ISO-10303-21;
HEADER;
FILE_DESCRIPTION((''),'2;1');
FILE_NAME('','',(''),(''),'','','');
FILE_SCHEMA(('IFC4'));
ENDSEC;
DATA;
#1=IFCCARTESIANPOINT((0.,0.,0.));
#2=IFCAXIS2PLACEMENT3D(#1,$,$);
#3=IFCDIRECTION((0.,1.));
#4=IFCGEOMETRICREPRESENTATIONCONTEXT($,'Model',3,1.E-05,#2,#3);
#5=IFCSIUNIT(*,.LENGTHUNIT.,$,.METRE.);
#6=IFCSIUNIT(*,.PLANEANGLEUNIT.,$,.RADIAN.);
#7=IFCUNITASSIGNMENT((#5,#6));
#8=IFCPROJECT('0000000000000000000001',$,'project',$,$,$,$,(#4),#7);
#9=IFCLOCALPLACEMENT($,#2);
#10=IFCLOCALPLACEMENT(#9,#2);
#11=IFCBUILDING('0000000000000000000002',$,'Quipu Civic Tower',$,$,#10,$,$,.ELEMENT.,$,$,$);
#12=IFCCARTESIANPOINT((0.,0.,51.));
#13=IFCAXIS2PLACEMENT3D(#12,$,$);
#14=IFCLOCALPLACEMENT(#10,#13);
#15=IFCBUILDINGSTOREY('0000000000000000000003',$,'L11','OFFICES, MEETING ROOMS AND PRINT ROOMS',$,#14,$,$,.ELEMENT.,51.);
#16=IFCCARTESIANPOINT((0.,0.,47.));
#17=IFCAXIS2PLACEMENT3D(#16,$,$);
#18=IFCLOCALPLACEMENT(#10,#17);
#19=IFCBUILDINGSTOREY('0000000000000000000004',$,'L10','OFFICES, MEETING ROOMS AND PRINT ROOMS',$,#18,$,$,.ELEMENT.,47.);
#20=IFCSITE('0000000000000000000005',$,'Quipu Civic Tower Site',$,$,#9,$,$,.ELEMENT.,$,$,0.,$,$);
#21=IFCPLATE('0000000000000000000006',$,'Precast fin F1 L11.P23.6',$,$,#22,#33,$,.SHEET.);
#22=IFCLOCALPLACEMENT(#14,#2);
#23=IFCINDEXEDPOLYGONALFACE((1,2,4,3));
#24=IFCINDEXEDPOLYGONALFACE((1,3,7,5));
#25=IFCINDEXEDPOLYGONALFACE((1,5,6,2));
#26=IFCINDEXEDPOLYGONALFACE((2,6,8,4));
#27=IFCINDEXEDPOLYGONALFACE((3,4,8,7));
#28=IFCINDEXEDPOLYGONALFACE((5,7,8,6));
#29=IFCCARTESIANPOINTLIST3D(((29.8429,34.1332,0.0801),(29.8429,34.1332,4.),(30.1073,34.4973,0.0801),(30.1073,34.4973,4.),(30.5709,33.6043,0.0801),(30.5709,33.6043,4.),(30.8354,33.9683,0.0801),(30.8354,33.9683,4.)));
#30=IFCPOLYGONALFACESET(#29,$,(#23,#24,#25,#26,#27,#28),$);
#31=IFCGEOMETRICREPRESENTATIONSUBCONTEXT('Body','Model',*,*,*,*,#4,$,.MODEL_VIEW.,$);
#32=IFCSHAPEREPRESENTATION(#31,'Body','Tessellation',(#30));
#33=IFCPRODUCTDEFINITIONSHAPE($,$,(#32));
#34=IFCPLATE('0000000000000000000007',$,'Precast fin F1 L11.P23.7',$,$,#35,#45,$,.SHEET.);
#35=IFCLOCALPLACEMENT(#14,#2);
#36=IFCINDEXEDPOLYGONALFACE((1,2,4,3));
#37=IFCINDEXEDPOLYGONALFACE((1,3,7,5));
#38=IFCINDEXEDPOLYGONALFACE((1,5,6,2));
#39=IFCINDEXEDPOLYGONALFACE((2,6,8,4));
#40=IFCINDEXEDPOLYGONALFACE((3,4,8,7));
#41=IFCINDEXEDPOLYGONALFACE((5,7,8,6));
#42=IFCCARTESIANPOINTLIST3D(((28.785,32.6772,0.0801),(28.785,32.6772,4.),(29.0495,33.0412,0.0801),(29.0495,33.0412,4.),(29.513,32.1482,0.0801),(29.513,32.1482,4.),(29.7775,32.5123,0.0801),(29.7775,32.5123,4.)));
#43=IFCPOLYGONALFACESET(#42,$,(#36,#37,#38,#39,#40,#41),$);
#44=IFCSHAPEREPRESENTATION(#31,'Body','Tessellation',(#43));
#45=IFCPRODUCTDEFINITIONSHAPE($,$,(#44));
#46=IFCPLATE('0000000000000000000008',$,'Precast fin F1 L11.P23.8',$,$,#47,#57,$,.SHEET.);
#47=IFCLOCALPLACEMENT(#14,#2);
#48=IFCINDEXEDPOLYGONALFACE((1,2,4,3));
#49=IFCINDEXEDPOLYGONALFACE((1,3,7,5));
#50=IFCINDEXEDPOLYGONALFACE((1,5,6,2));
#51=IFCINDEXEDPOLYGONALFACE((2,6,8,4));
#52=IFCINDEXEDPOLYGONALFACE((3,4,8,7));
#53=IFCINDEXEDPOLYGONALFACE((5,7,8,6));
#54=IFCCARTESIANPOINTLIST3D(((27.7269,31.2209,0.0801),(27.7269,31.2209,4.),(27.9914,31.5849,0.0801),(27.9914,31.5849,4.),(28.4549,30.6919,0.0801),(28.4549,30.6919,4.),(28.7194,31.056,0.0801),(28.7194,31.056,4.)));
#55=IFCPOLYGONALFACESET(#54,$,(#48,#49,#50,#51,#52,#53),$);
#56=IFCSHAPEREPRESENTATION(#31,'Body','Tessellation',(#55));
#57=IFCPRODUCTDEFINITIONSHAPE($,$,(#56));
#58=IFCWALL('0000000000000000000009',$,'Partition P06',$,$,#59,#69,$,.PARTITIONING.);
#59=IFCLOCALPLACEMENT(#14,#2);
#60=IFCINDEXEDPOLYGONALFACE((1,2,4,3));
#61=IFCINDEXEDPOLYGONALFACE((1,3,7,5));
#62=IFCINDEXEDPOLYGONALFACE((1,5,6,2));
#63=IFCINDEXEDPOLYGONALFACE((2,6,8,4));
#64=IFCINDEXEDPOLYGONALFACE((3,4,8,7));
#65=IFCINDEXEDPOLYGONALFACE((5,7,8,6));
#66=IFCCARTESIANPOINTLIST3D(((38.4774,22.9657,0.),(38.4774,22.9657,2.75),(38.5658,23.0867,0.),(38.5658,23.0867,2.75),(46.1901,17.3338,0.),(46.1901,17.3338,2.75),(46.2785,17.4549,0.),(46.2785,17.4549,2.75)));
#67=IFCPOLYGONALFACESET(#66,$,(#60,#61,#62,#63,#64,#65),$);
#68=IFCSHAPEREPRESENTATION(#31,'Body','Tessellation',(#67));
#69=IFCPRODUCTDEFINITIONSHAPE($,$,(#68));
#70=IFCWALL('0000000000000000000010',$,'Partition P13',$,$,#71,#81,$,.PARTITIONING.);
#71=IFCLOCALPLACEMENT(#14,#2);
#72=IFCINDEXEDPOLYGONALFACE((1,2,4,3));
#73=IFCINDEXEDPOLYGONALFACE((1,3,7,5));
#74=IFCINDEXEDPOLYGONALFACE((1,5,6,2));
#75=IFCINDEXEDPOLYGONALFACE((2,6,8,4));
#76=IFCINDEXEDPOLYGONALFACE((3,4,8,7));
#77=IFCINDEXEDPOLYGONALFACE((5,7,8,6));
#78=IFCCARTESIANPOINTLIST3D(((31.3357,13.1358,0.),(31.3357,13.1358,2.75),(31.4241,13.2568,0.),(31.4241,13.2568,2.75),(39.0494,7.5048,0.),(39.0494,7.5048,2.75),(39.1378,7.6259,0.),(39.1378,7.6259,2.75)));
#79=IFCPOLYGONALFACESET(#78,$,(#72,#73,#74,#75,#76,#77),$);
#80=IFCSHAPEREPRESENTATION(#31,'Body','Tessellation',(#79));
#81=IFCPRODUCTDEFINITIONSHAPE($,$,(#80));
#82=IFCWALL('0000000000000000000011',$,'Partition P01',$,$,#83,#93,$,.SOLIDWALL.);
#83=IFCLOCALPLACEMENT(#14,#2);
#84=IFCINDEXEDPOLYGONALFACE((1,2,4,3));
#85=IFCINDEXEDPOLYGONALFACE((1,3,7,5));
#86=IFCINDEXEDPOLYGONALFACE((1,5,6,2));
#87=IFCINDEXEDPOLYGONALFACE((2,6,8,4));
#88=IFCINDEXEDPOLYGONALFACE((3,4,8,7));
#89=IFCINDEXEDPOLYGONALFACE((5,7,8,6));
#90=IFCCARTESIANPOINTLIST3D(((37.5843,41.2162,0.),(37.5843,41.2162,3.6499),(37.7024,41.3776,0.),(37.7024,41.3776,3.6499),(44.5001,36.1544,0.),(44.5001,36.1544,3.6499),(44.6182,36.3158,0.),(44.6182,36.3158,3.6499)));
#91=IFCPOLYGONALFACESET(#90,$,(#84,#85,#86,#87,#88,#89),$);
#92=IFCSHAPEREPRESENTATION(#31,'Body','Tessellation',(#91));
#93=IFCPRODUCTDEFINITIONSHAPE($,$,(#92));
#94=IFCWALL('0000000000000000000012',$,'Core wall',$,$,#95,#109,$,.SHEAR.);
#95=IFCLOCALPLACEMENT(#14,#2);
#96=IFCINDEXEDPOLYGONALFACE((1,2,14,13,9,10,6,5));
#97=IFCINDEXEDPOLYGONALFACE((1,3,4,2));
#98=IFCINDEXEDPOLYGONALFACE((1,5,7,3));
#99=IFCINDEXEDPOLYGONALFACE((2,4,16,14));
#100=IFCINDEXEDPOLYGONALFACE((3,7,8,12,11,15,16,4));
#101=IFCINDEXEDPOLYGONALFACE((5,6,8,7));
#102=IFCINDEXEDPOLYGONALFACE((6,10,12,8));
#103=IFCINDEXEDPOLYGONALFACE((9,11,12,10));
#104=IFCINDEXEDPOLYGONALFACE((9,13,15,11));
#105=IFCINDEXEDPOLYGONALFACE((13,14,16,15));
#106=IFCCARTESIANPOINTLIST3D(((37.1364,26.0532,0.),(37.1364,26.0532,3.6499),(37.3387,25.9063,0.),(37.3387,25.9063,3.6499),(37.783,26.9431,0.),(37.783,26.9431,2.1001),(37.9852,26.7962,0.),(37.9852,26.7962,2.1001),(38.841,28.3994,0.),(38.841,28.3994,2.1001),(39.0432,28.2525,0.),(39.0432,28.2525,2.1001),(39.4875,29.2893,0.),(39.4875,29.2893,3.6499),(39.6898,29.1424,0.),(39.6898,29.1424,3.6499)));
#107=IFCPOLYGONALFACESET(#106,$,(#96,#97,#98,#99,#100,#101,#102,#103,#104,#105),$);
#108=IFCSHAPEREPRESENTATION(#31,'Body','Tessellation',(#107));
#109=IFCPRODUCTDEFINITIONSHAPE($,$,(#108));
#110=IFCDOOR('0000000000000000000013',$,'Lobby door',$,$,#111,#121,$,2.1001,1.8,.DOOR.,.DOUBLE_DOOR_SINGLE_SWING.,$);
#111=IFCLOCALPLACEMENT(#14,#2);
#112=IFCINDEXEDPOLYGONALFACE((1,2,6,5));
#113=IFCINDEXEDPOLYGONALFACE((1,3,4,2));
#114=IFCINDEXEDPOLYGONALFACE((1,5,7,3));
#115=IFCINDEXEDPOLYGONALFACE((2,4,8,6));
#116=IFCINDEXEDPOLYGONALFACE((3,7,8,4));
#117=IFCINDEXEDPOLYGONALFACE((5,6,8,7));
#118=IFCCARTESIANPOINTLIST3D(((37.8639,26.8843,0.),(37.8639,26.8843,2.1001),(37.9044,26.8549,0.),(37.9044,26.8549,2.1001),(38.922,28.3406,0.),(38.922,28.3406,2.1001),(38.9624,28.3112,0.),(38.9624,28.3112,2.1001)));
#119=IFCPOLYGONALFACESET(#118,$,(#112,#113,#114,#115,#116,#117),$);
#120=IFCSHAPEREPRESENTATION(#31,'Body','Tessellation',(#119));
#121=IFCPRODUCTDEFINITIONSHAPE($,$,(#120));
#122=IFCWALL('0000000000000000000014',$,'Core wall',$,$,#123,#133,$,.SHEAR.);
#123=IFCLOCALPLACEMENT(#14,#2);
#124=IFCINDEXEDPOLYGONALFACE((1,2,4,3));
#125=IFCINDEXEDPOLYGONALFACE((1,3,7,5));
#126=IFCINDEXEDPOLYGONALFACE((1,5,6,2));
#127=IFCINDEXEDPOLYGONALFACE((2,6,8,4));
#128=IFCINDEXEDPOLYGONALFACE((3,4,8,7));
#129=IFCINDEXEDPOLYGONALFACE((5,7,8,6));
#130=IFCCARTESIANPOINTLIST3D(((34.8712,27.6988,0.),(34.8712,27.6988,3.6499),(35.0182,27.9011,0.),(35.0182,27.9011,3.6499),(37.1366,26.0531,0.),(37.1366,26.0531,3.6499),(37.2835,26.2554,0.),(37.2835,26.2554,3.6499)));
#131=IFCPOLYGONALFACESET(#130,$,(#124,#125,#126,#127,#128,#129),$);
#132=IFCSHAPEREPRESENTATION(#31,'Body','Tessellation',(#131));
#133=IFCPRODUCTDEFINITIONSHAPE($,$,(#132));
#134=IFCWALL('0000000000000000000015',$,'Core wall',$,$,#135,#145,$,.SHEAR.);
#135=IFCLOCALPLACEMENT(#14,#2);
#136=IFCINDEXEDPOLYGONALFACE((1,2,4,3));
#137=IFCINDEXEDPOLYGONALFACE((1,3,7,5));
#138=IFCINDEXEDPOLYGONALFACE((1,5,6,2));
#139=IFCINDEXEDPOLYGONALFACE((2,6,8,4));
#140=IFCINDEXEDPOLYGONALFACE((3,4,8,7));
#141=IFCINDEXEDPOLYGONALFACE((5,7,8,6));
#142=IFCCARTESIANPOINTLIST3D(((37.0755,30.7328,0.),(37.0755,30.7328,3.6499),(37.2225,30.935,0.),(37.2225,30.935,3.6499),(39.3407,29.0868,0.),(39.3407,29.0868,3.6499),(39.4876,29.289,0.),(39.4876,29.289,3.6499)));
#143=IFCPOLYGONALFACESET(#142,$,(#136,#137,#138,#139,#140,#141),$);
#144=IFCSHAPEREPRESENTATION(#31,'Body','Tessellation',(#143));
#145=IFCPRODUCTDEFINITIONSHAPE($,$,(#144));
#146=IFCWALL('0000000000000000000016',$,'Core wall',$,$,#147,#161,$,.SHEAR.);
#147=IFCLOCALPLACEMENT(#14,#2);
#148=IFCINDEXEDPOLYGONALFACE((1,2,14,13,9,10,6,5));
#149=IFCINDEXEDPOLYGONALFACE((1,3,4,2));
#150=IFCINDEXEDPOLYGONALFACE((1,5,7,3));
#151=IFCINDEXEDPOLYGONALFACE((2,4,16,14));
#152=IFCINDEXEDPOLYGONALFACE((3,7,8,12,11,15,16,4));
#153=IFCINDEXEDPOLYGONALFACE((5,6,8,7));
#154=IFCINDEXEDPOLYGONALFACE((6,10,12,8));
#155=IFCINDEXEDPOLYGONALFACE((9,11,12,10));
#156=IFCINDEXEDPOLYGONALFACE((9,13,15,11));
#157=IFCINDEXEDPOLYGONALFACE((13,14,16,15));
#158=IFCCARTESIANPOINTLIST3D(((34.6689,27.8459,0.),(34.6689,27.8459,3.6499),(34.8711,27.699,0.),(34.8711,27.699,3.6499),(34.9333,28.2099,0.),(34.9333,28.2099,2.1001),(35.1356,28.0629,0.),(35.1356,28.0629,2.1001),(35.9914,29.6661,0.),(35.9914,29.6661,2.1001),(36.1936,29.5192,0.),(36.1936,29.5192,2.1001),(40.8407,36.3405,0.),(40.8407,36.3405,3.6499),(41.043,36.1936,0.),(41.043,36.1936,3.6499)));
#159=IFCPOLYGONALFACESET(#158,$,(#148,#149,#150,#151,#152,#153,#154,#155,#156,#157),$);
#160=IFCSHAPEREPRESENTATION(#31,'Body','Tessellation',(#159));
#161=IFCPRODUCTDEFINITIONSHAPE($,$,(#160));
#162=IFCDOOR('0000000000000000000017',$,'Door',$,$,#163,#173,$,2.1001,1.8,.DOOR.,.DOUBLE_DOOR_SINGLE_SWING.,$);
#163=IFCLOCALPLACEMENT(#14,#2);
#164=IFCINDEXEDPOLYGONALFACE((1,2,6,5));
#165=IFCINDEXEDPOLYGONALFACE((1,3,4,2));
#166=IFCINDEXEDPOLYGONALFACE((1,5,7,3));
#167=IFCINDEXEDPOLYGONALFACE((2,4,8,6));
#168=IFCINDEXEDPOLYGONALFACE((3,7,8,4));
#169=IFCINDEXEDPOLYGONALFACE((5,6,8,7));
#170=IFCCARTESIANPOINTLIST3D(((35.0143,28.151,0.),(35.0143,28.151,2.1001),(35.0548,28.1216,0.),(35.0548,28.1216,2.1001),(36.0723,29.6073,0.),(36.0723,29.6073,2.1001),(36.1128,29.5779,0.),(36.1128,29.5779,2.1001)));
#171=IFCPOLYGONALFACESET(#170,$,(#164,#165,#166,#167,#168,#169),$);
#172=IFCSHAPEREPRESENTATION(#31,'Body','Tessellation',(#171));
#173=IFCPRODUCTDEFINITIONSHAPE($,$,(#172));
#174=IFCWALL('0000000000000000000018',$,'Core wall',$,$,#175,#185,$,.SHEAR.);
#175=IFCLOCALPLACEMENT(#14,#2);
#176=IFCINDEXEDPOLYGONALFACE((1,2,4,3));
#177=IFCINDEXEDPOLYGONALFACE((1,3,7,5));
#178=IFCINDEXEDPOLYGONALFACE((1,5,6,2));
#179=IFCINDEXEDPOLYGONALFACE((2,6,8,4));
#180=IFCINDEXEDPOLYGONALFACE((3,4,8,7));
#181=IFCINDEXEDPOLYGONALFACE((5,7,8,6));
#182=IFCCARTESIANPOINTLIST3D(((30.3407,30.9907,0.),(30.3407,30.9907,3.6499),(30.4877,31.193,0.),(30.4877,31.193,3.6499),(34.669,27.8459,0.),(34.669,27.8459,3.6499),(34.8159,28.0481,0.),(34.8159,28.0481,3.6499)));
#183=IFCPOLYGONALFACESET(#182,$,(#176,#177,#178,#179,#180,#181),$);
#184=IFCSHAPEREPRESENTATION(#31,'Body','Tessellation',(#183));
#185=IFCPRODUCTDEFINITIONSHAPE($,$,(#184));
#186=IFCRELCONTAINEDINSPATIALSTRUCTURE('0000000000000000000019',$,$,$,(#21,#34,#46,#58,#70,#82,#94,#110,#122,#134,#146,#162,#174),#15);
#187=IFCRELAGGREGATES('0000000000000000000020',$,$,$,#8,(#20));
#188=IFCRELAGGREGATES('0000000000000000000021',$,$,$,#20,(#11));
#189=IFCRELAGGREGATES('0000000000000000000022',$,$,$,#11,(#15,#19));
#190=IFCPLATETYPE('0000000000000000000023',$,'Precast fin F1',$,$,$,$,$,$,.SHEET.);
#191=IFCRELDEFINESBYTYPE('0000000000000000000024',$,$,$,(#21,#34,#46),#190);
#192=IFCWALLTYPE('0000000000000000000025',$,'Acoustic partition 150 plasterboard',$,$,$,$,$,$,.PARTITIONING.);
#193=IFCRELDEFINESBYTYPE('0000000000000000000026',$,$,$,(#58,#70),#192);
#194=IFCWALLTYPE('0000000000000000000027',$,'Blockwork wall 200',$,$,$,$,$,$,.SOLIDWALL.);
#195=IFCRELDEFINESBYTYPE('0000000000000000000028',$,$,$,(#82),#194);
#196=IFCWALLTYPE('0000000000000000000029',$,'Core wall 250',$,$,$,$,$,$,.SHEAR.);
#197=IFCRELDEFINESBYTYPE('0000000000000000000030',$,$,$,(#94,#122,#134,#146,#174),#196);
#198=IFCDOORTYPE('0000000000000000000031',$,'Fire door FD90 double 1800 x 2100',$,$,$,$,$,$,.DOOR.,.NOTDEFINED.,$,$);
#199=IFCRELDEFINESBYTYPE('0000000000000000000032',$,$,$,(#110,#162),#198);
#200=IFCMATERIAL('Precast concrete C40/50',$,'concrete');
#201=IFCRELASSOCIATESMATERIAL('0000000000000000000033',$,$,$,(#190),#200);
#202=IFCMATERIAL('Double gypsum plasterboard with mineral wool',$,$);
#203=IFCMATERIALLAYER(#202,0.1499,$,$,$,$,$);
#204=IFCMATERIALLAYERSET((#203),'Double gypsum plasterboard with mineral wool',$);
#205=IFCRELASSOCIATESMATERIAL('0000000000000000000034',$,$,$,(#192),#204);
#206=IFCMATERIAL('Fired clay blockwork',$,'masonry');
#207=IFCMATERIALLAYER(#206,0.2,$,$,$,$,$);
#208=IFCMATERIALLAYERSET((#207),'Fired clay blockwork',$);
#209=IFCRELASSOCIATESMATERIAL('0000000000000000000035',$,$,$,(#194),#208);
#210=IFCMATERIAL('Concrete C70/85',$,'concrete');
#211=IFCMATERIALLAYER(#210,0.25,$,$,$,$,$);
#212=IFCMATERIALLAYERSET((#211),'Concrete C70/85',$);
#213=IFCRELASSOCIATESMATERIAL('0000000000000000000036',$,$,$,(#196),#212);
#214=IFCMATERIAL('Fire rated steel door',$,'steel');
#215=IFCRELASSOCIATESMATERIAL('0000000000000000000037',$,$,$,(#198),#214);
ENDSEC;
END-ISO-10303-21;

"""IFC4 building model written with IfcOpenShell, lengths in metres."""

from ifc_helpers import new_model, si_unit, direction, frame, frame_2d, origin, origin_2d, place, context, subcontext, project, spatial, rectangle, extrude, material, layer, layer_set, type_object, element, fill, save


model = new_model("IFC4")

# Units and contexts
model_context = context("Model", 3, precision=1e-05, world=origin(), true_north=direction((0.0, 1.0)))
body_context = subcontext(model_context, "Body", "Model", "MODEL_VIEW")
ifc_project = project(units=[si_unit("LENGTHUNIT", "METRE"), si_unit("PLANEANGLEUNIT", "RADIAN")], contexts=[model_context])

# Site, building, storey
site_placement = place(None, origin())
site = spatial("IfcSite", under=ifc_project, at=site_placement, Name="Quipu Civic Tower Site", CompositionType="ELEMENT", RefElevation=0.0)
building_placement = place(site_placement, origin())
building = spatial("IfcBuilding", under=site, at=building_placement, Name="Quipu Civic Tower", CompositionType="ELEMENT")
storey_1_placement = place(building_placement, frame((0.0, 0.0, 51.0)))
storey_1 = spatial("IfcBuildingStorey", under=building, at=storey_1_placement, Name="L11", Description="OFFICES, MEETING ROOMS AND PRINT ROOMS", CompositionType="ELEMENT", Elevation=51.0)

# Shared definitions
storey_2_placement = place(building_placement, frame((0.0, 0.0, 47.0)))
storey_2 = spatial("IfcBuildingStorey", under=building, at=storey_2_placement, Name="L10", Description="OFFICES, MEETING ROOMS AND PRINT ROOMS", CompositionType="ELEMENT", Elevation=47.0)

# Plates
ifc_material_1 = material(Name="Precast concrete C40/50", Category="concrete")
plate_type_1 = type_object("IfcPlateType", Name="Precast fin F1", PredefinedType="SHEET", material=ifc_material_1)
for number, where, z_axis, x_axis, name in (
    (1, (30.3391, 34.0508, 0.0801), (0.0, 0.0, 1.0), (-0.587785, -0.809017, 0.0), "Precast fin F1 L11.P23.6"),
    (2, (29.2812, 32.5947, 0.0801), (0.0, 0.0, 1.0), (-0.587785, -0.809017, 0.0), "Precast fin F1 L11.P23.7"),
    (3, (28.2231, 31.1384, 0.0801), (0.0, 0.0, 1.0), (-0.587785, -0.809017, 0.0), "Precast fin F1 L11.P23.8"),
):
    element("IfcPlate", number, at=place(storey_1_placement, frame(where, z_axis=z_axis, x_axis=x_axis)), inside=storey_1, type_object=plate_type_1, Name=name, PredefinedType="SHEET", context=body_context, shape_type="SweptSolid", body=[
        extrude(rectangle(XDim=0.45, YDim=0.8999, at=origin_2d()), origin(), (0.0, 0.0, 1.0), 3.9199),
    ])

# Walls
ifc_material_2 = material(Name="Double gypsum plasterboard with mineral wool")
ifc_layer_1 = layer(ifc_material_2, 0.1499)
ifc_layer_set_1 = layer_set([ifc_layer_1], Name="Double gypsum plasterboard with mineral wool")
wall_type_1 = type_object("IfcWallType", Name="Acoustic partition 150 plasterboard", PredefinedType="PARTITIONING", material=ifc_layer_set_1)
wall_1_placement = place(storey_1_placement, frame((38.5217, 23.0261, 0.0), z_axis=(0.0, 0.0, 1.0), x_axis=(0.807607, -0.589721, 0.0)))
element("IfcWall", 4, at=wall_1_placement, inside=storey_1, type_object=wall_type_1, Name="Partition P06", PredefinedType="PARTITIONING", context=body_context, shape_type="SweptSolid", body=[
    extrude(rectangle(XDim=9.55, YDim=0.1499, at=frame_2d((4.7749, 0.0))), origin(), (0.0, 0.0, 1.0), 2.75),
])
wall_2_placement = place(storey_1_placement, frame((31.3799, 13.1963, 0.0), z_axis=(0.0, 0.0, 1.0), x_axis=(0.807691, -0.589606, 0.0)))
element("IfcWall", 5, at=wall_2_placement, inside=storey_1, type_object=wall_type_1, Name="Partition P13", PredefinedType="PARTITIONING", context=body_context, shape_type="SweptSolid", body=[
    extrude(rectangle(XDim=9.5503, YDim=0.1499, at=frame_2d((4.7751, 0.0))), origin(), (0.0, 0.0, 1.0), 2.75),
])
ifc_material_3 = material(Name="Fired clay blockwork", Category="masonry")
ifc_layer_2 = layer(ifc_material_3, 0.2)
ifc_layer_set_2 = layer_set([ifc_layer_2], Name="Fired clay blockwork")
wall_type_2 = type_object("IfcWallType", Name="Blockwork wall 200", PredefinedType="SOLIDWALL", material=ifc_layer_set_2)
wall_3_placement = place(storey_1_placement, frame((37.6433, 41.2969, 0.0), z_axis=(0.0, 0.0, 1.0), x_axis=(0.80695, -0.59062, 0.0)))
element("IfcWall", 6, at=wall_3_placement, inside=storey_1, type_object=wall_type_2, Name="Partition P01", PredefinedType="SOLIDWALL", context=body_context, shape_type="SweptSolid", body=[
    extrude(rectangle(XDim=8.5703, YDim=0.2, at=frame_2d((4.2852, 0.0))), origin(), (0.0, 0.0, 1.0), 3.6499),
])

# Wall, opening, door
ifc_material_4 = material(Name="Concrete C70/85", Category="concrete")
ifc_layer_3 = layer(ifc_material_4, 0.25)
ifc_layer_set_3 = layer_set([ifc_layer_3], Name="Concrete C70/85")
wall_type_3 = type_object("IfcWallType", Name="Core wall 250", PredefinedType="SHEAR", material=ifc_layer_set_3)
wall_4_placement = place(storey_1_placement, frame((37.2375, 25.9797, 0.0), z_axis=(0.0, 0.0, 1.0), x_axis=(0.587772, 0.809026, 0.0)))
wall_4 = element("IfcWall", 7, at=wall_4_placement, inside=storey_1, type_object=wall_type_3, Name="Core wall", PredefinedType="SHEAR", context=body_context, shape_type="SweptSolid", body=[
    extrude(rectangle(XDim=4.0, YDim=0.25, at=frame_2d((2.0, 0.0))), origin(), (0.0, 0.0, 1.0), 3.6499),
])
opening_1_placement = place(wall_4_placement, frame((1.1001, 0.0, 0.0)))
opening_1 = element("IfcOpeningElement", 8, at=opening_1_placement, cuts=wall_4, PredefinedType="OPENING", context=body_context, shape_type="SweptSolid", body=[
    extrude(rectangle(XDim=1.8, YDim=2.1001, at=frame_2d((0.8999, 1.05))), frame((0.0, 0.135, 0.0), z_axis=(0.0, -1.0, 0.0), x_axis=(1.0, 0.0, 0.0)), (0.0, 0.0, 1.0), 0.27),
])
ifc_material_5 = material(Name="Fire rated steel door", Category="steel")
door_type = type_object("IfcDoorType", Name="Fire door FD90 double 1800 x 2100", OperationType="NOTDEFINED", PredefinedType="DOOR", material=ifc_material_5)
door_1_placement = place(opening_1_placement, origin())
door_1 = element("IfcDoor", 9, at=door_1_placement, inside=storey_1, type_object=door_type, Name="Lobby door", OperationType="DOUBLE_DOOR_SINGLE_SWING", OverallHeight=2.1001, OverallWidth=1.8, PredefinedType="DOOR", context=body_context, shape_type="SweptSolid", body=[
    extrude(rectangle(XDim=1.8, YDim=2.1001, at=frame_2d((0.8999, 1.05))), frame((0.0, 0.0249, 0.0), z_axis=(0.0, -1.0, 0.0), x_axis=(1.0, 0.0, 0.0)), (0.0, 0.0, 1.0), 0.05),
])
fill(opening_1, door_1)

# Walls
for number, where, z_axis, x_axis, name in (
    (10, (37.21, 26.1543, 0.0), (0.0, 0.0, 1.0), (-0.809041, 0.587752, 0.0), "Core wall"),
    (11, (39.4141, 29.188, 0.0), (0.0, 0.0, 1.0), (-0.80897, 0.58785, 0.0), "Core wall"),
):
    element("IfcWall", number, at=place(storey_1_placement, frame(where, z_axis=z_axis, x_axis=x_axis)), inside=storey_1, type_object=wall_type_3, Name=name, PredefinedType="SHEAR", context=body_context, shape_type="SweptSolid", body=[
        extrude(rectangle(XDim=2.8, YDim=0.25, at=frame_2d((1.3999, 0.0))), origin(), (0.0, 0.0, 1.0), 3.6499),
    ])

# Wall, opening, door
wall_5_placement = place(storey_1_placement, frame((34.77, 27.7725, 0.0), z_axis=(0.0, 0.0, 1.0), x_axis=(0.587796, 0.809009, 0.0)))
wall_5 = element("IfcWall", 12, at=wall_5_placement, inside=storey_1, type_object=wall_type_3, Name="Core wall", PredefinedType="SHEAR", context=body_context, shape_type="SweptSolid", body=[
    extrude(rectangle(XDim=10.5, YDim=0.25, at=frame_2d((5.25, 0.0))), origin(), (0.0, 0.0, 1.0), 3.6499),
])
opening_2_placement = place(wall_5_placement, frame((0.45, 0.0, 0.0)))
opening_2 = element("IfcOpeningElement", 13, at=opening_2_placement, cuts=wall_5, PredefinedType="OPENING", context=body_context, shape_type="SweptSolid", body=[
    extrude(rectangle(XDim=1.8, YDim=2.1001, at=frame_2d((0.8999, 1.05))), frame((0.0, 0.135, 0.0), z_axis=(0.0, -1.0, 0.0), x_axis=(1.0, 0.0, 0.0)), (0.0, 0.0, 1.0), 0.27),
])
door_2_placement = place(opening_2_placement, origin())
door_2 = element("IfcDoor", 14, at=door_2_placement, inside=storey_1, type_object=door_type, Name="Door", OperationType="DOUBLE_DOOR_SINGLE_SWING", OverallHeight=2.1001, OverallWidth=1.8, PredefinedType="DOOR", context=body_context, shape_type="SweptSolid", body=[
    extrude(rectangle(XDim=1.8, YDim=2.1001, at=frame_2d((0.8999, 1.05))), frame((0.0, 0.0249, 0.0), z_axis=(0.0, -1.0, 0.0), x_axis=(1.0, 0.0, 0.0)), (0.0, 0.0, 1.0), 0.05),
])
fill(opening_2, door_2)

# Wall
wall_6_placement = place(storey_1_placement, frame((34.7424, 27.947, 0.0), z_axis=(0.0, 0.0, 1.0), x_axis=(-0.808998, 0.587811, 0.0)))
element("IfcWall", 15, at=wall_6_placement, inside=storey_1, type_object=wall_type_3, Name="Core wall", PredefinedType="SHEAR", context=body_context, shape_type="SweptSolid", body=[
    extrude(rectangle(XDim=5.3501, YDim=0.25, at=frame_2d((2.675, 0.0))), origin(), (0.0, 0.0, 1.0), 3.6499),
])

save(model, "model.ifc")
